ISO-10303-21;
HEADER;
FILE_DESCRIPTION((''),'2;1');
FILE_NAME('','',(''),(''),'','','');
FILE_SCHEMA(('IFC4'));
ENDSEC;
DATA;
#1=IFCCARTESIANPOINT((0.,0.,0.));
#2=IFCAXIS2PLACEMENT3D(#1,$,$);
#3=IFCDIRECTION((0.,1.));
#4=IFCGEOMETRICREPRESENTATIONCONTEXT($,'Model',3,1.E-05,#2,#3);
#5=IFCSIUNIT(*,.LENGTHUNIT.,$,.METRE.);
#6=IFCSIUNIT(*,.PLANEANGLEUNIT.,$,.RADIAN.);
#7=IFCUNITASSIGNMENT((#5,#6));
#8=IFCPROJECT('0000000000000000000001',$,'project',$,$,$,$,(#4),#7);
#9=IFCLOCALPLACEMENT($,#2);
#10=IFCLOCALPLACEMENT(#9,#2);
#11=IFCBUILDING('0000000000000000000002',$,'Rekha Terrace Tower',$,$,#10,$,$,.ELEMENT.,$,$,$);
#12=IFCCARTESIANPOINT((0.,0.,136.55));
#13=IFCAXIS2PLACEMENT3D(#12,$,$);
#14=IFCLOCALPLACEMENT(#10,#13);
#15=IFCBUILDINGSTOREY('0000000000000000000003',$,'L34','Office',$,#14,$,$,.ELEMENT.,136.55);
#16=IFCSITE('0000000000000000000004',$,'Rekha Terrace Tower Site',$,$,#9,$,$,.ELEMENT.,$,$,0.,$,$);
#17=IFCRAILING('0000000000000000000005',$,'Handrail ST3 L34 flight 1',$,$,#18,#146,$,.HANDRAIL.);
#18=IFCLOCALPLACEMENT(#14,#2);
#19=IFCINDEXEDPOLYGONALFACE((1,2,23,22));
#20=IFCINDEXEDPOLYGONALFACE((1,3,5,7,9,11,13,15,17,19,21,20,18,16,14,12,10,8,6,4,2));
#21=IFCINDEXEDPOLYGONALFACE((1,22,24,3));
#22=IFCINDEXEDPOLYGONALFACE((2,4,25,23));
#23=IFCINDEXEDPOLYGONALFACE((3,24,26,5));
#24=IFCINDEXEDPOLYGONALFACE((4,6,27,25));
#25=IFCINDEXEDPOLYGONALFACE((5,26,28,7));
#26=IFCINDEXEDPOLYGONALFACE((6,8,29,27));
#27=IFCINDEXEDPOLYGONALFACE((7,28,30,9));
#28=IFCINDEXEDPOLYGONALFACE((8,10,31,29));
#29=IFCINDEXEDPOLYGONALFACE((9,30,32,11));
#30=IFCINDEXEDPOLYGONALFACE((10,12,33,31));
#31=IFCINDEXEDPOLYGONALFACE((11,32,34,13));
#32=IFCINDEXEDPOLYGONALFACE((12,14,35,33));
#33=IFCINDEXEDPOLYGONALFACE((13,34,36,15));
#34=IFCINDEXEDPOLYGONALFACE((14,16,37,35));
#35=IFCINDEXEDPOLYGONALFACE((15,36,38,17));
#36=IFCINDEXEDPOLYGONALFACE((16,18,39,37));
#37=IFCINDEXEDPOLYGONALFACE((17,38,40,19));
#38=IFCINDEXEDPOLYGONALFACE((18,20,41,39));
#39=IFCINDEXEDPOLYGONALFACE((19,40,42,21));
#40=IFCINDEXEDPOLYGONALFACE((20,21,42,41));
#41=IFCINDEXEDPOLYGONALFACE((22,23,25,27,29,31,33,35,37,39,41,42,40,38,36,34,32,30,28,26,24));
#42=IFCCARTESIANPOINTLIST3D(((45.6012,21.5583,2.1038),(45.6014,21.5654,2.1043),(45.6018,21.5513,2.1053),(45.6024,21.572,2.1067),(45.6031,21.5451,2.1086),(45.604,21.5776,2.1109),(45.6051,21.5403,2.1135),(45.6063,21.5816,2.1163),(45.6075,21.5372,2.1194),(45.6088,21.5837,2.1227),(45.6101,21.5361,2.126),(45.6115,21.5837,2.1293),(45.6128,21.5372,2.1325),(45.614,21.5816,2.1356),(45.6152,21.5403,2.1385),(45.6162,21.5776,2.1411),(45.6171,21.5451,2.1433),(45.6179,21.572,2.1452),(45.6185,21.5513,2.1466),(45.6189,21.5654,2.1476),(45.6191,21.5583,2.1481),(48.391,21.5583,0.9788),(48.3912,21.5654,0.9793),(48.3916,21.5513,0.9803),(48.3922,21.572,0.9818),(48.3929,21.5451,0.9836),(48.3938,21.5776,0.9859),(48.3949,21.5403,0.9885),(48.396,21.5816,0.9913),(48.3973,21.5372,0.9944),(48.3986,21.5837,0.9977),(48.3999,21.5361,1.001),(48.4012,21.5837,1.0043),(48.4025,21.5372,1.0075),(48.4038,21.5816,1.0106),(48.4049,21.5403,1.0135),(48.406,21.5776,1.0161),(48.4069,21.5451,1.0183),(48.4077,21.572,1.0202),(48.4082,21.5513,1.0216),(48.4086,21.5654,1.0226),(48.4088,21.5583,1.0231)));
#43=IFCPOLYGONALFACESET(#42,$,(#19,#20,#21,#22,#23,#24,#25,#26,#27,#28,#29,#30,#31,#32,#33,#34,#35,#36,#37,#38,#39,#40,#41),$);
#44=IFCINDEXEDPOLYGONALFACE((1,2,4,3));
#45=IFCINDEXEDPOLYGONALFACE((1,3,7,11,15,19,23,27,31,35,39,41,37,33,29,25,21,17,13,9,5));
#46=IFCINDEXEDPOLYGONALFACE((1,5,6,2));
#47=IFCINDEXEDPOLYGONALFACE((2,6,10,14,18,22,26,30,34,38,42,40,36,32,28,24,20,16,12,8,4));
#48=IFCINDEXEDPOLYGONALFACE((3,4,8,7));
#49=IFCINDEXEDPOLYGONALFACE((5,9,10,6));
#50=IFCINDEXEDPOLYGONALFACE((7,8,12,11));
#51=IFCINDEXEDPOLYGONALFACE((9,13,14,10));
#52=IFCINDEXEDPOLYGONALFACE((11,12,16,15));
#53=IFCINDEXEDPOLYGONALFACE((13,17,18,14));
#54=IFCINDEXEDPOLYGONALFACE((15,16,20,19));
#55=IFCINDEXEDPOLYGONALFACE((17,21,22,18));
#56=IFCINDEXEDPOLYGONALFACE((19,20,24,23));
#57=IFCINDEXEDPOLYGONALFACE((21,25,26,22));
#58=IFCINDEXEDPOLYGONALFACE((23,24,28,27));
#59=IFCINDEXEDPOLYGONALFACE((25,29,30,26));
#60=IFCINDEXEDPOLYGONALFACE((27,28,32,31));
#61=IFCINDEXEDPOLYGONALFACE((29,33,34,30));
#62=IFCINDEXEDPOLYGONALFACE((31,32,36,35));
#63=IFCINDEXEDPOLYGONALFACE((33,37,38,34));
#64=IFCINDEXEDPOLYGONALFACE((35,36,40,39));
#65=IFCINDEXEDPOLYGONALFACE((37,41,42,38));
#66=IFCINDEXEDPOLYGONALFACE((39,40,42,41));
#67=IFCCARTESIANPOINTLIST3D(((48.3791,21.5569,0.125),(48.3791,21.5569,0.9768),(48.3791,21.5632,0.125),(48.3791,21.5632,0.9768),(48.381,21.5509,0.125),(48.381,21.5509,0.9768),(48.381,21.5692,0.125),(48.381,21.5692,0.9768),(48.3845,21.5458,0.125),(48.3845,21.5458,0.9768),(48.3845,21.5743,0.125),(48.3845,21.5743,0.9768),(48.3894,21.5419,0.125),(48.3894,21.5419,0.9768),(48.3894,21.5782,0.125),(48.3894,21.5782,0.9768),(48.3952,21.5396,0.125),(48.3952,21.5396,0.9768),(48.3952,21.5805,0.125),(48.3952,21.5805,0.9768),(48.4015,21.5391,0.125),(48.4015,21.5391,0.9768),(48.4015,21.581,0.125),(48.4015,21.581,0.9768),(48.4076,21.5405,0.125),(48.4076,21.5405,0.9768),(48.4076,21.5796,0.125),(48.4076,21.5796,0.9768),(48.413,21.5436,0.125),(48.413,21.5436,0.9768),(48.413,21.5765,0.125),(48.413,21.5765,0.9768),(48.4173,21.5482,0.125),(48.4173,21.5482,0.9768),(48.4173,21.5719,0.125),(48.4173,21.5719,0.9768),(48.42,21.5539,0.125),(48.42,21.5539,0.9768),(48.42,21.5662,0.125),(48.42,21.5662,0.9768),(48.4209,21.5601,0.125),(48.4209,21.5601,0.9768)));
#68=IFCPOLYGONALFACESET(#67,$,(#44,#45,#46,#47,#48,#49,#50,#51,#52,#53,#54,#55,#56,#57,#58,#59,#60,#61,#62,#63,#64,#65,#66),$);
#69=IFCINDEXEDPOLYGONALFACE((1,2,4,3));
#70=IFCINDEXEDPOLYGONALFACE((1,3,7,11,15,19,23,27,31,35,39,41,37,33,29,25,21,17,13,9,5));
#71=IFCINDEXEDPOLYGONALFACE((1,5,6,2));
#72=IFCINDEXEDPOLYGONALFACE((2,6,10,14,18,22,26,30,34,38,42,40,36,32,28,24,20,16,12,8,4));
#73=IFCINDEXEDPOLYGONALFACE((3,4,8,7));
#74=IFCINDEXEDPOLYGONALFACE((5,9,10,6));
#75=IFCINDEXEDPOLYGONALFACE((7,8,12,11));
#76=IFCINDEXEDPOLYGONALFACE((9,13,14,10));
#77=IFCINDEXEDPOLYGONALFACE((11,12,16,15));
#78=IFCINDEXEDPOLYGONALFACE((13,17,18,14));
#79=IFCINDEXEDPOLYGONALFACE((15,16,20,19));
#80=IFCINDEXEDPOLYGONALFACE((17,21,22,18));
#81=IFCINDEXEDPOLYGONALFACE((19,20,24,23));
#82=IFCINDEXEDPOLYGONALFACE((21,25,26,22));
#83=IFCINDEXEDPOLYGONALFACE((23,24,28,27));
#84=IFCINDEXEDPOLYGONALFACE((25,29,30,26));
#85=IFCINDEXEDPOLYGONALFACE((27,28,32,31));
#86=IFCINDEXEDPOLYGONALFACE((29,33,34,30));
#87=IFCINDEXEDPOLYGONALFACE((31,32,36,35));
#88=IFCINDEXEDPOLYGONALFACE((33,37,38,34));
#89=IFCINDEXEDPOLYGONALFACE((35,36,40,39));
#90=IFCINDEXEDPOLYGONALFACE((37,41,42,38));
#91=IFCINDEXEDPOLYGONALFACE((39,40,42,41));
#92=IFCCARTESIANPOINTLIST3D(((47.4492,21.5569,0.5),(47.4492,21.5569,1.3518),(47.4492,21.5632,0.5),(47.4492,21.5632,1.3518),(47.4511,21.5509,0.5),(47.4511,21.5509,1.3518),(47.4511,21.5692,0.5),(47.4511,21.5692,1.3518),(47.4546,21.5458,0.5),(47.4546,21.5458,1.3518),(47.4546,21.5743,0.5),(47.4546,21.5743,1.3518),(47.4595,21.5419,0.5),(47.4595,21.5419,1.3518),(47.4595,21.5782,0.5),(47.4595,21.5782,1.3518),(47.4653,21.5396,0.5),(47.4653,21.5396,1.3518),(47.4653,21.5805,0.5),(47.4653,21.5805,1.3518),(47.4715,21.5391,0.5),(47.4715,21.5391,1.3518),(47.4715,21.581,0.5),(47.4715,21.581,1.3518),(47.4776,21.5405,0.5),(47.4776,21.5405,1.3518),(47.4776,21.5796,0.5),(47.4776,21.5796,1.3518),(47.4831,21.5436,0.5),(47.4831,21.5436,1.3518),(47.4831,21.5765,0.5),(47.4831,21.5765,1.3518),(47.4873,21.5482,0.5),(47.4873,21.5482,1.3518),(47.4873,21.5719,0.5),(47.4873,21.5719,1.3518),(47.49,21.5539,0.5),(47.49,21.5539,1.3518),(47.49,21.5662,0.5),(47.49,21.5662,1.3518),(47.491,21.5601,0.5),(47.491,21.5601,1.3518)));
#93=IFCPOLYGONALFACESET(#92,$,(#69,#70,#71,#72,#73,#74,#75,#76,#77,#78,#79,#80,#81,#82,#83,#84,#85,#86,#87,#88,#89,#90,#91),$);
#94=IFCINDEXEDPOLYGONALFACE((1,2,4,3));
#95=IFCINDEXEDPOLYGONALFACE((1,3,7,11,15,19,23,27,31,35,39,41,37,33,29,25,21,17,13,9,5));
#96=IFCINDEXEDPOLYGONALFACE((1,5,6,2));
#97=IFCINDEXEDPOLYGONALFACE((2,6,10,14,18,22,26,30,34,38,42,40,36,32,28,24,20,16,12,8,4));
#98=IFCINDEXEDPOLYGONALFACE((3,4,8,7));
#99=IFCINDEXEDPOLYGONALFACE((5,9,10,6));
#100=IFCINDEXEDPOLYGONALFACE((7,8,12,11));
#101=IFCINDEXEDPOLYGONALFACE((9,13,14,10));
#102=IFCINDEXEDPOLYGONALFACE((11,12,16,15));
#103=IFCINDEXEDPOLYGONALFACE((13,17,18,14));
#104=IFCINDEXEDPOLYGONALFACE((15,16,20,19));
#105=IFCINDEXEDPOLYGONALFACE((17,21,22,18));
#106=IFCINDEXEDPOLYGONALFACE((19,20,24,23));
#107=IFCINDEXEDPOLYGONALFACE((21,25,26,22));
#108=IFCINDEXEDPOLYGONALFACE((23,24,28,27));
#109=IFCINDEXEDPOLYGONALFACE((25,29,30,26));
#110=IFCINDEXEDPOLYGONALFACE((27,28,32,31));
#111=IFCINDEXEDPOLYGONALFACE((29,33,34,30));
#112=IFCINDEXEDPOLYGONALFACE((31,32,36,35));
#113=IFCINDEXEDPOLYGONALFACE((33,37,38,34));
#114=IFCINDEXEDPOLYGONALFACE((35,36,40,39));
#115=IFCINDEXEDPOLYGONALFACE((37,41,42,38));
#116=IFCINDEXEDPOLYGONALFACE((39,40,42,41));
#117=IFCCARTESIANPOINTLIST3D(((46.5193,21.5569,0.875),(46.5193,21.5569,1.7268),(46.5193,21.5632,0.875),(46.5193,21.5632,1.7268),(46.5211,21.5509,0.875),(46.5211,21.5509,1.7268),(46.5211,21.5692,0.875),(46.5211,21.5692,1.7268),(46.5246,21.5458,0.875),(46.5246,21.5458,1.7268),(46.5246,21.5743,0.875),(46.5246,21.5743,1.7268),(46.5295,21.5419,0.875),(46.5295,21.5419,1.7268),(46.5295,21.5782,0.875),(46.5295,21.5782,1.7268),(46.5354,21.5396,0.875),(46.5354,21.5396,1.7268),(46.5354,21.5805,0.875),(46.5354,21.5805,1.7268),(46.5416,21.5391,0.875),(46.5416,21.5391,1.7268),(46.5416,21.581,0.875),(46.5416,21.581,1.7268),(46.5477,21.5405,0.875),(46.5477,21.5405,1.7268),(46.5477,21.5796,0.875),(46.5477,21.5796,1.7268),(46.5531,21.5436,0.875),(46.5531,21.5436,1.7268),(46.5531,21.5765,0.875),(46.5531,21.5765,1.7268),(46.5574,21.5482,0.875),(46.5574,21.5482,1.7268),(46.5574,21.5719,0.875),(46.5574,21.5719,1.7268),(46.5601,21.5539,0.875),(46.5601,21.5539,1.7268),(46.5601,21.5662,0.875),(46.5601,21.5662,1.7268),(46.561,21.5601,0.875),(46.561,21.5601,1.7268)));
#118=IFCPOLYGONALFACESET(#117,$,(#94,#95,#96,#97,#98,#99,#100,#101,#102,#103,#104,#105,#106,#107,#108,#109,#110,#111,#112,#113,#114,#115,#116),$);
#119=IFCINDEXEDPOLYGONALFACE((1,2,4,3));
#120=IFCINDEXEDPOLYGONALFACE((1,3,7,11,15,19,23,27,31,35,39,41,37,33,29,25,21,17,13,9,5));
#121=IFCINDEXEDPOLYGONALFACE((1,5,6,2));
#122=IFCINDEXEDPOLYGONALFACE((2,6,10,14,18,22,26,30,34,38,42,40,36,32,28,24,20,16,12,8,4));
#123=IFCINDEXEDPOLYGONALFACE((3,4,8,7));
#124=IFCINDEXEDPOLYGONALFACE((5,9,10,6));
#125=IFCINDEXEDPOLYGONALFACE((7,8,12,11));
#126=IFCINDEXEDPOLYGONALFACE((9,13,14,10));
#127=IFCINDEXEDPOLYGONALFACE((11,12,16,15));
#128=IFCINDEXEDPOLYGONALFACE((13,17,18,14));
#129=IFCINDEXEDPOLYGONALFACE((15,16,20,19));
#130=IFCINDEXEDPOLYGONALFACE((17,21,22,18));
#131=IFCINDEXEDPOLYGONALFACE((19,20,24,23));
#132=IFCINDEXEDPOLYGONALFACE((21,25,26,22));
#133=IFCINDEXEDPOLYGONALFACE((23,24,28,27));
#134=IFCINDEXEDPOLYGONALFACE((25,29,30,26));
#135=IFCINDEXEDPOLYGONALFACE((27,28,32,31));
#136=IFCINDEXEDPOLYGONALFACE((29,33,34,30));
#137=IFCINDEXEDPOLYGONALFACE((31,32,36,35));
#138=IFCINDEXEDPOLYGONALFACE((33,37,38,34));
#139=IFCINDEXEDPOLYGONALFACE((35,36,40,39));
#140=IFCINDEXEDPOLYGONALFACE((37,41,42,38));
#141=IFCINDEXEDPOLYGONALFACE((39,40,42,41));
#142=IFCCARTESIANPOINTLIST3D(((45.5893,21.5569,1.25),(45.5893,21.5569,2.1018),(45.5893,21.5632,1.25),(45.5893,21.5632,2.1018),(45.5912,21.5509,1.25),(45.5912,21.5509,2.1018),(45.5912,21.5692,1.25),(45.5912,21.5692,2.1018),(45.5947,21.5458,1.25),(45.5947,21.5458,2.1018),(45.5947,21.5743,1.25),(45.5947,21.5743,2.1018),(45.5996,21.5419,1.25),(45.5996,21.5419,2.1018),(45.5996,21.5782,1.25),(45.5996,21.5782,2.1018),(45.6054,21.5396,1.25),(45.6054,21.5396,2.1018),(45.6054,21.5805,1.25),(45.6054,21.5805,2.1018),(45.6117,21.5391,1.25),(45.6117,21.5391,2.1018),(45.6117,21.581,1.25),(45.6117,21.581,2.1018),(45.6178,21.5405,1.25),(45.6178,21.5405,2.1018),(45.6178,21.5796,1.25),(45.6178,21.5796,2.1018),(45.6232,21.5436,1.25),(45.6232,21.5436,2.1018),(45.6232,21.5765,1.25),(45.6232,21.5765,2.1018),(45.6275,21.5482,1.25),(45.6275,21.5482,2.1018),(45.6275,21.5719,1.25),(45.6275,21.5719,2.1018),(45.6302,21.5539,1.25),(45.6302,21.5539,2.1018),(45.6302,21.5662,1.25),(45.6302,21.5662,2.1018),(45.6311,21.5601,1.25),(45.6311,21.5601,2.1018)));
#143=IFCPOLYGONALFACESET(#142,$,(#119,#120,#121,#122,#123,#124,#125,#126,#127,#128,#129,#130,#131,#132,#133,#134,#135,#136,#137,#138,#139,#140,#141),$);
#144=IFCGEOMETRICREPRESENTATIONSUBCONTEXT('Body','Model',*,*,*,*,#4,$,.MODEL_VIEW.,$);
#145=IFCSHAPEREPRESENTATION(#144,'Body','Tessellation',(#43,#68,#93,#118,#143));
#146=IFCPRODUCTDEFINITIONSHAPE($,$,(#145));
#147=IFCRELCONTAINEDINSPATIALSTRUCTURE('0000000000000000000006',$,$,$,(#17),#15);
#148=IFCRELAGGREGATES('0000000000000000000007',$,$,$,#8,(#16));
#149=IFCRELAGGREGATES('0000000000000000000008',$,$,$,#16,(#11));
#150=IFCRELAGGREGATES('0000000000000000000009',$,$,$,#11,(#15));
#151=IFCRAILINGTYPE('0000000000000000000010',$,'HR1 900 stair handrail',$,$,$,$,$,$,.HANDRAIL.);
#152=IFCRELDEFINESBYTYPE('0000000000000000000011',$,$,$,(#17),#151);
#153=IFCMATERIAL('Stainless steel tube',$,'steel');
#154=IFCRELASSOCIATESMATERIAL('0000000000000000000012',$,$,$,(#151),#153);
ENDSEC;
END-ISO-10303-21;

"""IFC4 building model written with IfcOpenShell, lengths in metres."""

from ifc_helpers import new_model, si_unit, direction, frame, origin, origin_2d, place, context, subcontext, project, spatial, circle, extrude, material, type_object, element, save


model = new_model("IFC4")

# Units and contexts
model_context = context("Model", 3, precision=1e-05, world=origin(), true_north=direction((0.0, 1.0)))
body_context = subcontext(model_context, "Body", "Model", "MODEL_VIEW")
ifc_project = project(units=[si_unit("LENGTHUNIT", "METRE"), si_unit("PLANEANGLEUNIT", "RADIAN")], contexts=[model_context])

# Site, building, storey
site_placement = place(None, origin())
site = spatial("IfcSite", under=ifc_project, at=site_placement, Name="Rekha Terrace Tower Site", CompositionType="ELEMENT", RefElevation=0.0)
building_placement = place(site_placement, origin())
building = spatial("IfcBuilding", under=site, at=building_placement, Name="Rekha Terrace Tower", CompositionType="ELEMENT")
storey_placement = place(building_placement, frame((0.0, 0.0, 136.55)))
storey = spatial("IfcBuildingStorey", under=building, at=storey_placement, Name="L34", Description="Office", CompositionType="ELEMENT", Elevation=136.55)

# Railing
ifc_material_1 = material(Name="Stainless steel tube", Category="steel")
railing_type_1 = type_object("IfcRailingType", Name="HR1 900 stair handrail", PredefinedType="HANDRAIL", material=ifc_material_1)
railing_1_placement = place(storey_placement, frame((48.3999, 21.5601, 0.125)))
element("IfcRailing", 1, at=railing_1_placement, inside=storey, type_object=railing_type_1, Name="Handrail ST3 L34 flight 1", PredefinedType="HANDRAIL", context=body_context, shape_type="SweptSolid", body=[
    extrude(circle(Radius=0.0239, at=origin_2d()), frame((0.0, 0.0, 0.876), z_axis=(-0.927432, 0.0, 0.373992), x_axis=(0.0, -1.0, 0.0)), (0.0, 0.0, 1.0), 3.0081),
    extrude(circle(Radius=0.021, at=origin_2d()), origin(), (0.0, 0.0, 1.0), 0.8518),
    extrude(circle(Radius=0.021, at=origin_2d()), frame((-0.9299, 0.0, 0.375)), (0.0, 0.0, 1.0), 0.8518),
    extrude(circle(Radius=0.021, at=origin_2d()), frame((-1.8599, 0.0, 0.75)), (0.0, 0.0, 1.0), 0.8518),
    extrude(circle(Radius=0.021, at=origin_2d()), frame((-2.7898, 0.0, 1.125)), (0.0, 0.0, 1.0), 0.8518),
])

save(model, "model.ifc")
